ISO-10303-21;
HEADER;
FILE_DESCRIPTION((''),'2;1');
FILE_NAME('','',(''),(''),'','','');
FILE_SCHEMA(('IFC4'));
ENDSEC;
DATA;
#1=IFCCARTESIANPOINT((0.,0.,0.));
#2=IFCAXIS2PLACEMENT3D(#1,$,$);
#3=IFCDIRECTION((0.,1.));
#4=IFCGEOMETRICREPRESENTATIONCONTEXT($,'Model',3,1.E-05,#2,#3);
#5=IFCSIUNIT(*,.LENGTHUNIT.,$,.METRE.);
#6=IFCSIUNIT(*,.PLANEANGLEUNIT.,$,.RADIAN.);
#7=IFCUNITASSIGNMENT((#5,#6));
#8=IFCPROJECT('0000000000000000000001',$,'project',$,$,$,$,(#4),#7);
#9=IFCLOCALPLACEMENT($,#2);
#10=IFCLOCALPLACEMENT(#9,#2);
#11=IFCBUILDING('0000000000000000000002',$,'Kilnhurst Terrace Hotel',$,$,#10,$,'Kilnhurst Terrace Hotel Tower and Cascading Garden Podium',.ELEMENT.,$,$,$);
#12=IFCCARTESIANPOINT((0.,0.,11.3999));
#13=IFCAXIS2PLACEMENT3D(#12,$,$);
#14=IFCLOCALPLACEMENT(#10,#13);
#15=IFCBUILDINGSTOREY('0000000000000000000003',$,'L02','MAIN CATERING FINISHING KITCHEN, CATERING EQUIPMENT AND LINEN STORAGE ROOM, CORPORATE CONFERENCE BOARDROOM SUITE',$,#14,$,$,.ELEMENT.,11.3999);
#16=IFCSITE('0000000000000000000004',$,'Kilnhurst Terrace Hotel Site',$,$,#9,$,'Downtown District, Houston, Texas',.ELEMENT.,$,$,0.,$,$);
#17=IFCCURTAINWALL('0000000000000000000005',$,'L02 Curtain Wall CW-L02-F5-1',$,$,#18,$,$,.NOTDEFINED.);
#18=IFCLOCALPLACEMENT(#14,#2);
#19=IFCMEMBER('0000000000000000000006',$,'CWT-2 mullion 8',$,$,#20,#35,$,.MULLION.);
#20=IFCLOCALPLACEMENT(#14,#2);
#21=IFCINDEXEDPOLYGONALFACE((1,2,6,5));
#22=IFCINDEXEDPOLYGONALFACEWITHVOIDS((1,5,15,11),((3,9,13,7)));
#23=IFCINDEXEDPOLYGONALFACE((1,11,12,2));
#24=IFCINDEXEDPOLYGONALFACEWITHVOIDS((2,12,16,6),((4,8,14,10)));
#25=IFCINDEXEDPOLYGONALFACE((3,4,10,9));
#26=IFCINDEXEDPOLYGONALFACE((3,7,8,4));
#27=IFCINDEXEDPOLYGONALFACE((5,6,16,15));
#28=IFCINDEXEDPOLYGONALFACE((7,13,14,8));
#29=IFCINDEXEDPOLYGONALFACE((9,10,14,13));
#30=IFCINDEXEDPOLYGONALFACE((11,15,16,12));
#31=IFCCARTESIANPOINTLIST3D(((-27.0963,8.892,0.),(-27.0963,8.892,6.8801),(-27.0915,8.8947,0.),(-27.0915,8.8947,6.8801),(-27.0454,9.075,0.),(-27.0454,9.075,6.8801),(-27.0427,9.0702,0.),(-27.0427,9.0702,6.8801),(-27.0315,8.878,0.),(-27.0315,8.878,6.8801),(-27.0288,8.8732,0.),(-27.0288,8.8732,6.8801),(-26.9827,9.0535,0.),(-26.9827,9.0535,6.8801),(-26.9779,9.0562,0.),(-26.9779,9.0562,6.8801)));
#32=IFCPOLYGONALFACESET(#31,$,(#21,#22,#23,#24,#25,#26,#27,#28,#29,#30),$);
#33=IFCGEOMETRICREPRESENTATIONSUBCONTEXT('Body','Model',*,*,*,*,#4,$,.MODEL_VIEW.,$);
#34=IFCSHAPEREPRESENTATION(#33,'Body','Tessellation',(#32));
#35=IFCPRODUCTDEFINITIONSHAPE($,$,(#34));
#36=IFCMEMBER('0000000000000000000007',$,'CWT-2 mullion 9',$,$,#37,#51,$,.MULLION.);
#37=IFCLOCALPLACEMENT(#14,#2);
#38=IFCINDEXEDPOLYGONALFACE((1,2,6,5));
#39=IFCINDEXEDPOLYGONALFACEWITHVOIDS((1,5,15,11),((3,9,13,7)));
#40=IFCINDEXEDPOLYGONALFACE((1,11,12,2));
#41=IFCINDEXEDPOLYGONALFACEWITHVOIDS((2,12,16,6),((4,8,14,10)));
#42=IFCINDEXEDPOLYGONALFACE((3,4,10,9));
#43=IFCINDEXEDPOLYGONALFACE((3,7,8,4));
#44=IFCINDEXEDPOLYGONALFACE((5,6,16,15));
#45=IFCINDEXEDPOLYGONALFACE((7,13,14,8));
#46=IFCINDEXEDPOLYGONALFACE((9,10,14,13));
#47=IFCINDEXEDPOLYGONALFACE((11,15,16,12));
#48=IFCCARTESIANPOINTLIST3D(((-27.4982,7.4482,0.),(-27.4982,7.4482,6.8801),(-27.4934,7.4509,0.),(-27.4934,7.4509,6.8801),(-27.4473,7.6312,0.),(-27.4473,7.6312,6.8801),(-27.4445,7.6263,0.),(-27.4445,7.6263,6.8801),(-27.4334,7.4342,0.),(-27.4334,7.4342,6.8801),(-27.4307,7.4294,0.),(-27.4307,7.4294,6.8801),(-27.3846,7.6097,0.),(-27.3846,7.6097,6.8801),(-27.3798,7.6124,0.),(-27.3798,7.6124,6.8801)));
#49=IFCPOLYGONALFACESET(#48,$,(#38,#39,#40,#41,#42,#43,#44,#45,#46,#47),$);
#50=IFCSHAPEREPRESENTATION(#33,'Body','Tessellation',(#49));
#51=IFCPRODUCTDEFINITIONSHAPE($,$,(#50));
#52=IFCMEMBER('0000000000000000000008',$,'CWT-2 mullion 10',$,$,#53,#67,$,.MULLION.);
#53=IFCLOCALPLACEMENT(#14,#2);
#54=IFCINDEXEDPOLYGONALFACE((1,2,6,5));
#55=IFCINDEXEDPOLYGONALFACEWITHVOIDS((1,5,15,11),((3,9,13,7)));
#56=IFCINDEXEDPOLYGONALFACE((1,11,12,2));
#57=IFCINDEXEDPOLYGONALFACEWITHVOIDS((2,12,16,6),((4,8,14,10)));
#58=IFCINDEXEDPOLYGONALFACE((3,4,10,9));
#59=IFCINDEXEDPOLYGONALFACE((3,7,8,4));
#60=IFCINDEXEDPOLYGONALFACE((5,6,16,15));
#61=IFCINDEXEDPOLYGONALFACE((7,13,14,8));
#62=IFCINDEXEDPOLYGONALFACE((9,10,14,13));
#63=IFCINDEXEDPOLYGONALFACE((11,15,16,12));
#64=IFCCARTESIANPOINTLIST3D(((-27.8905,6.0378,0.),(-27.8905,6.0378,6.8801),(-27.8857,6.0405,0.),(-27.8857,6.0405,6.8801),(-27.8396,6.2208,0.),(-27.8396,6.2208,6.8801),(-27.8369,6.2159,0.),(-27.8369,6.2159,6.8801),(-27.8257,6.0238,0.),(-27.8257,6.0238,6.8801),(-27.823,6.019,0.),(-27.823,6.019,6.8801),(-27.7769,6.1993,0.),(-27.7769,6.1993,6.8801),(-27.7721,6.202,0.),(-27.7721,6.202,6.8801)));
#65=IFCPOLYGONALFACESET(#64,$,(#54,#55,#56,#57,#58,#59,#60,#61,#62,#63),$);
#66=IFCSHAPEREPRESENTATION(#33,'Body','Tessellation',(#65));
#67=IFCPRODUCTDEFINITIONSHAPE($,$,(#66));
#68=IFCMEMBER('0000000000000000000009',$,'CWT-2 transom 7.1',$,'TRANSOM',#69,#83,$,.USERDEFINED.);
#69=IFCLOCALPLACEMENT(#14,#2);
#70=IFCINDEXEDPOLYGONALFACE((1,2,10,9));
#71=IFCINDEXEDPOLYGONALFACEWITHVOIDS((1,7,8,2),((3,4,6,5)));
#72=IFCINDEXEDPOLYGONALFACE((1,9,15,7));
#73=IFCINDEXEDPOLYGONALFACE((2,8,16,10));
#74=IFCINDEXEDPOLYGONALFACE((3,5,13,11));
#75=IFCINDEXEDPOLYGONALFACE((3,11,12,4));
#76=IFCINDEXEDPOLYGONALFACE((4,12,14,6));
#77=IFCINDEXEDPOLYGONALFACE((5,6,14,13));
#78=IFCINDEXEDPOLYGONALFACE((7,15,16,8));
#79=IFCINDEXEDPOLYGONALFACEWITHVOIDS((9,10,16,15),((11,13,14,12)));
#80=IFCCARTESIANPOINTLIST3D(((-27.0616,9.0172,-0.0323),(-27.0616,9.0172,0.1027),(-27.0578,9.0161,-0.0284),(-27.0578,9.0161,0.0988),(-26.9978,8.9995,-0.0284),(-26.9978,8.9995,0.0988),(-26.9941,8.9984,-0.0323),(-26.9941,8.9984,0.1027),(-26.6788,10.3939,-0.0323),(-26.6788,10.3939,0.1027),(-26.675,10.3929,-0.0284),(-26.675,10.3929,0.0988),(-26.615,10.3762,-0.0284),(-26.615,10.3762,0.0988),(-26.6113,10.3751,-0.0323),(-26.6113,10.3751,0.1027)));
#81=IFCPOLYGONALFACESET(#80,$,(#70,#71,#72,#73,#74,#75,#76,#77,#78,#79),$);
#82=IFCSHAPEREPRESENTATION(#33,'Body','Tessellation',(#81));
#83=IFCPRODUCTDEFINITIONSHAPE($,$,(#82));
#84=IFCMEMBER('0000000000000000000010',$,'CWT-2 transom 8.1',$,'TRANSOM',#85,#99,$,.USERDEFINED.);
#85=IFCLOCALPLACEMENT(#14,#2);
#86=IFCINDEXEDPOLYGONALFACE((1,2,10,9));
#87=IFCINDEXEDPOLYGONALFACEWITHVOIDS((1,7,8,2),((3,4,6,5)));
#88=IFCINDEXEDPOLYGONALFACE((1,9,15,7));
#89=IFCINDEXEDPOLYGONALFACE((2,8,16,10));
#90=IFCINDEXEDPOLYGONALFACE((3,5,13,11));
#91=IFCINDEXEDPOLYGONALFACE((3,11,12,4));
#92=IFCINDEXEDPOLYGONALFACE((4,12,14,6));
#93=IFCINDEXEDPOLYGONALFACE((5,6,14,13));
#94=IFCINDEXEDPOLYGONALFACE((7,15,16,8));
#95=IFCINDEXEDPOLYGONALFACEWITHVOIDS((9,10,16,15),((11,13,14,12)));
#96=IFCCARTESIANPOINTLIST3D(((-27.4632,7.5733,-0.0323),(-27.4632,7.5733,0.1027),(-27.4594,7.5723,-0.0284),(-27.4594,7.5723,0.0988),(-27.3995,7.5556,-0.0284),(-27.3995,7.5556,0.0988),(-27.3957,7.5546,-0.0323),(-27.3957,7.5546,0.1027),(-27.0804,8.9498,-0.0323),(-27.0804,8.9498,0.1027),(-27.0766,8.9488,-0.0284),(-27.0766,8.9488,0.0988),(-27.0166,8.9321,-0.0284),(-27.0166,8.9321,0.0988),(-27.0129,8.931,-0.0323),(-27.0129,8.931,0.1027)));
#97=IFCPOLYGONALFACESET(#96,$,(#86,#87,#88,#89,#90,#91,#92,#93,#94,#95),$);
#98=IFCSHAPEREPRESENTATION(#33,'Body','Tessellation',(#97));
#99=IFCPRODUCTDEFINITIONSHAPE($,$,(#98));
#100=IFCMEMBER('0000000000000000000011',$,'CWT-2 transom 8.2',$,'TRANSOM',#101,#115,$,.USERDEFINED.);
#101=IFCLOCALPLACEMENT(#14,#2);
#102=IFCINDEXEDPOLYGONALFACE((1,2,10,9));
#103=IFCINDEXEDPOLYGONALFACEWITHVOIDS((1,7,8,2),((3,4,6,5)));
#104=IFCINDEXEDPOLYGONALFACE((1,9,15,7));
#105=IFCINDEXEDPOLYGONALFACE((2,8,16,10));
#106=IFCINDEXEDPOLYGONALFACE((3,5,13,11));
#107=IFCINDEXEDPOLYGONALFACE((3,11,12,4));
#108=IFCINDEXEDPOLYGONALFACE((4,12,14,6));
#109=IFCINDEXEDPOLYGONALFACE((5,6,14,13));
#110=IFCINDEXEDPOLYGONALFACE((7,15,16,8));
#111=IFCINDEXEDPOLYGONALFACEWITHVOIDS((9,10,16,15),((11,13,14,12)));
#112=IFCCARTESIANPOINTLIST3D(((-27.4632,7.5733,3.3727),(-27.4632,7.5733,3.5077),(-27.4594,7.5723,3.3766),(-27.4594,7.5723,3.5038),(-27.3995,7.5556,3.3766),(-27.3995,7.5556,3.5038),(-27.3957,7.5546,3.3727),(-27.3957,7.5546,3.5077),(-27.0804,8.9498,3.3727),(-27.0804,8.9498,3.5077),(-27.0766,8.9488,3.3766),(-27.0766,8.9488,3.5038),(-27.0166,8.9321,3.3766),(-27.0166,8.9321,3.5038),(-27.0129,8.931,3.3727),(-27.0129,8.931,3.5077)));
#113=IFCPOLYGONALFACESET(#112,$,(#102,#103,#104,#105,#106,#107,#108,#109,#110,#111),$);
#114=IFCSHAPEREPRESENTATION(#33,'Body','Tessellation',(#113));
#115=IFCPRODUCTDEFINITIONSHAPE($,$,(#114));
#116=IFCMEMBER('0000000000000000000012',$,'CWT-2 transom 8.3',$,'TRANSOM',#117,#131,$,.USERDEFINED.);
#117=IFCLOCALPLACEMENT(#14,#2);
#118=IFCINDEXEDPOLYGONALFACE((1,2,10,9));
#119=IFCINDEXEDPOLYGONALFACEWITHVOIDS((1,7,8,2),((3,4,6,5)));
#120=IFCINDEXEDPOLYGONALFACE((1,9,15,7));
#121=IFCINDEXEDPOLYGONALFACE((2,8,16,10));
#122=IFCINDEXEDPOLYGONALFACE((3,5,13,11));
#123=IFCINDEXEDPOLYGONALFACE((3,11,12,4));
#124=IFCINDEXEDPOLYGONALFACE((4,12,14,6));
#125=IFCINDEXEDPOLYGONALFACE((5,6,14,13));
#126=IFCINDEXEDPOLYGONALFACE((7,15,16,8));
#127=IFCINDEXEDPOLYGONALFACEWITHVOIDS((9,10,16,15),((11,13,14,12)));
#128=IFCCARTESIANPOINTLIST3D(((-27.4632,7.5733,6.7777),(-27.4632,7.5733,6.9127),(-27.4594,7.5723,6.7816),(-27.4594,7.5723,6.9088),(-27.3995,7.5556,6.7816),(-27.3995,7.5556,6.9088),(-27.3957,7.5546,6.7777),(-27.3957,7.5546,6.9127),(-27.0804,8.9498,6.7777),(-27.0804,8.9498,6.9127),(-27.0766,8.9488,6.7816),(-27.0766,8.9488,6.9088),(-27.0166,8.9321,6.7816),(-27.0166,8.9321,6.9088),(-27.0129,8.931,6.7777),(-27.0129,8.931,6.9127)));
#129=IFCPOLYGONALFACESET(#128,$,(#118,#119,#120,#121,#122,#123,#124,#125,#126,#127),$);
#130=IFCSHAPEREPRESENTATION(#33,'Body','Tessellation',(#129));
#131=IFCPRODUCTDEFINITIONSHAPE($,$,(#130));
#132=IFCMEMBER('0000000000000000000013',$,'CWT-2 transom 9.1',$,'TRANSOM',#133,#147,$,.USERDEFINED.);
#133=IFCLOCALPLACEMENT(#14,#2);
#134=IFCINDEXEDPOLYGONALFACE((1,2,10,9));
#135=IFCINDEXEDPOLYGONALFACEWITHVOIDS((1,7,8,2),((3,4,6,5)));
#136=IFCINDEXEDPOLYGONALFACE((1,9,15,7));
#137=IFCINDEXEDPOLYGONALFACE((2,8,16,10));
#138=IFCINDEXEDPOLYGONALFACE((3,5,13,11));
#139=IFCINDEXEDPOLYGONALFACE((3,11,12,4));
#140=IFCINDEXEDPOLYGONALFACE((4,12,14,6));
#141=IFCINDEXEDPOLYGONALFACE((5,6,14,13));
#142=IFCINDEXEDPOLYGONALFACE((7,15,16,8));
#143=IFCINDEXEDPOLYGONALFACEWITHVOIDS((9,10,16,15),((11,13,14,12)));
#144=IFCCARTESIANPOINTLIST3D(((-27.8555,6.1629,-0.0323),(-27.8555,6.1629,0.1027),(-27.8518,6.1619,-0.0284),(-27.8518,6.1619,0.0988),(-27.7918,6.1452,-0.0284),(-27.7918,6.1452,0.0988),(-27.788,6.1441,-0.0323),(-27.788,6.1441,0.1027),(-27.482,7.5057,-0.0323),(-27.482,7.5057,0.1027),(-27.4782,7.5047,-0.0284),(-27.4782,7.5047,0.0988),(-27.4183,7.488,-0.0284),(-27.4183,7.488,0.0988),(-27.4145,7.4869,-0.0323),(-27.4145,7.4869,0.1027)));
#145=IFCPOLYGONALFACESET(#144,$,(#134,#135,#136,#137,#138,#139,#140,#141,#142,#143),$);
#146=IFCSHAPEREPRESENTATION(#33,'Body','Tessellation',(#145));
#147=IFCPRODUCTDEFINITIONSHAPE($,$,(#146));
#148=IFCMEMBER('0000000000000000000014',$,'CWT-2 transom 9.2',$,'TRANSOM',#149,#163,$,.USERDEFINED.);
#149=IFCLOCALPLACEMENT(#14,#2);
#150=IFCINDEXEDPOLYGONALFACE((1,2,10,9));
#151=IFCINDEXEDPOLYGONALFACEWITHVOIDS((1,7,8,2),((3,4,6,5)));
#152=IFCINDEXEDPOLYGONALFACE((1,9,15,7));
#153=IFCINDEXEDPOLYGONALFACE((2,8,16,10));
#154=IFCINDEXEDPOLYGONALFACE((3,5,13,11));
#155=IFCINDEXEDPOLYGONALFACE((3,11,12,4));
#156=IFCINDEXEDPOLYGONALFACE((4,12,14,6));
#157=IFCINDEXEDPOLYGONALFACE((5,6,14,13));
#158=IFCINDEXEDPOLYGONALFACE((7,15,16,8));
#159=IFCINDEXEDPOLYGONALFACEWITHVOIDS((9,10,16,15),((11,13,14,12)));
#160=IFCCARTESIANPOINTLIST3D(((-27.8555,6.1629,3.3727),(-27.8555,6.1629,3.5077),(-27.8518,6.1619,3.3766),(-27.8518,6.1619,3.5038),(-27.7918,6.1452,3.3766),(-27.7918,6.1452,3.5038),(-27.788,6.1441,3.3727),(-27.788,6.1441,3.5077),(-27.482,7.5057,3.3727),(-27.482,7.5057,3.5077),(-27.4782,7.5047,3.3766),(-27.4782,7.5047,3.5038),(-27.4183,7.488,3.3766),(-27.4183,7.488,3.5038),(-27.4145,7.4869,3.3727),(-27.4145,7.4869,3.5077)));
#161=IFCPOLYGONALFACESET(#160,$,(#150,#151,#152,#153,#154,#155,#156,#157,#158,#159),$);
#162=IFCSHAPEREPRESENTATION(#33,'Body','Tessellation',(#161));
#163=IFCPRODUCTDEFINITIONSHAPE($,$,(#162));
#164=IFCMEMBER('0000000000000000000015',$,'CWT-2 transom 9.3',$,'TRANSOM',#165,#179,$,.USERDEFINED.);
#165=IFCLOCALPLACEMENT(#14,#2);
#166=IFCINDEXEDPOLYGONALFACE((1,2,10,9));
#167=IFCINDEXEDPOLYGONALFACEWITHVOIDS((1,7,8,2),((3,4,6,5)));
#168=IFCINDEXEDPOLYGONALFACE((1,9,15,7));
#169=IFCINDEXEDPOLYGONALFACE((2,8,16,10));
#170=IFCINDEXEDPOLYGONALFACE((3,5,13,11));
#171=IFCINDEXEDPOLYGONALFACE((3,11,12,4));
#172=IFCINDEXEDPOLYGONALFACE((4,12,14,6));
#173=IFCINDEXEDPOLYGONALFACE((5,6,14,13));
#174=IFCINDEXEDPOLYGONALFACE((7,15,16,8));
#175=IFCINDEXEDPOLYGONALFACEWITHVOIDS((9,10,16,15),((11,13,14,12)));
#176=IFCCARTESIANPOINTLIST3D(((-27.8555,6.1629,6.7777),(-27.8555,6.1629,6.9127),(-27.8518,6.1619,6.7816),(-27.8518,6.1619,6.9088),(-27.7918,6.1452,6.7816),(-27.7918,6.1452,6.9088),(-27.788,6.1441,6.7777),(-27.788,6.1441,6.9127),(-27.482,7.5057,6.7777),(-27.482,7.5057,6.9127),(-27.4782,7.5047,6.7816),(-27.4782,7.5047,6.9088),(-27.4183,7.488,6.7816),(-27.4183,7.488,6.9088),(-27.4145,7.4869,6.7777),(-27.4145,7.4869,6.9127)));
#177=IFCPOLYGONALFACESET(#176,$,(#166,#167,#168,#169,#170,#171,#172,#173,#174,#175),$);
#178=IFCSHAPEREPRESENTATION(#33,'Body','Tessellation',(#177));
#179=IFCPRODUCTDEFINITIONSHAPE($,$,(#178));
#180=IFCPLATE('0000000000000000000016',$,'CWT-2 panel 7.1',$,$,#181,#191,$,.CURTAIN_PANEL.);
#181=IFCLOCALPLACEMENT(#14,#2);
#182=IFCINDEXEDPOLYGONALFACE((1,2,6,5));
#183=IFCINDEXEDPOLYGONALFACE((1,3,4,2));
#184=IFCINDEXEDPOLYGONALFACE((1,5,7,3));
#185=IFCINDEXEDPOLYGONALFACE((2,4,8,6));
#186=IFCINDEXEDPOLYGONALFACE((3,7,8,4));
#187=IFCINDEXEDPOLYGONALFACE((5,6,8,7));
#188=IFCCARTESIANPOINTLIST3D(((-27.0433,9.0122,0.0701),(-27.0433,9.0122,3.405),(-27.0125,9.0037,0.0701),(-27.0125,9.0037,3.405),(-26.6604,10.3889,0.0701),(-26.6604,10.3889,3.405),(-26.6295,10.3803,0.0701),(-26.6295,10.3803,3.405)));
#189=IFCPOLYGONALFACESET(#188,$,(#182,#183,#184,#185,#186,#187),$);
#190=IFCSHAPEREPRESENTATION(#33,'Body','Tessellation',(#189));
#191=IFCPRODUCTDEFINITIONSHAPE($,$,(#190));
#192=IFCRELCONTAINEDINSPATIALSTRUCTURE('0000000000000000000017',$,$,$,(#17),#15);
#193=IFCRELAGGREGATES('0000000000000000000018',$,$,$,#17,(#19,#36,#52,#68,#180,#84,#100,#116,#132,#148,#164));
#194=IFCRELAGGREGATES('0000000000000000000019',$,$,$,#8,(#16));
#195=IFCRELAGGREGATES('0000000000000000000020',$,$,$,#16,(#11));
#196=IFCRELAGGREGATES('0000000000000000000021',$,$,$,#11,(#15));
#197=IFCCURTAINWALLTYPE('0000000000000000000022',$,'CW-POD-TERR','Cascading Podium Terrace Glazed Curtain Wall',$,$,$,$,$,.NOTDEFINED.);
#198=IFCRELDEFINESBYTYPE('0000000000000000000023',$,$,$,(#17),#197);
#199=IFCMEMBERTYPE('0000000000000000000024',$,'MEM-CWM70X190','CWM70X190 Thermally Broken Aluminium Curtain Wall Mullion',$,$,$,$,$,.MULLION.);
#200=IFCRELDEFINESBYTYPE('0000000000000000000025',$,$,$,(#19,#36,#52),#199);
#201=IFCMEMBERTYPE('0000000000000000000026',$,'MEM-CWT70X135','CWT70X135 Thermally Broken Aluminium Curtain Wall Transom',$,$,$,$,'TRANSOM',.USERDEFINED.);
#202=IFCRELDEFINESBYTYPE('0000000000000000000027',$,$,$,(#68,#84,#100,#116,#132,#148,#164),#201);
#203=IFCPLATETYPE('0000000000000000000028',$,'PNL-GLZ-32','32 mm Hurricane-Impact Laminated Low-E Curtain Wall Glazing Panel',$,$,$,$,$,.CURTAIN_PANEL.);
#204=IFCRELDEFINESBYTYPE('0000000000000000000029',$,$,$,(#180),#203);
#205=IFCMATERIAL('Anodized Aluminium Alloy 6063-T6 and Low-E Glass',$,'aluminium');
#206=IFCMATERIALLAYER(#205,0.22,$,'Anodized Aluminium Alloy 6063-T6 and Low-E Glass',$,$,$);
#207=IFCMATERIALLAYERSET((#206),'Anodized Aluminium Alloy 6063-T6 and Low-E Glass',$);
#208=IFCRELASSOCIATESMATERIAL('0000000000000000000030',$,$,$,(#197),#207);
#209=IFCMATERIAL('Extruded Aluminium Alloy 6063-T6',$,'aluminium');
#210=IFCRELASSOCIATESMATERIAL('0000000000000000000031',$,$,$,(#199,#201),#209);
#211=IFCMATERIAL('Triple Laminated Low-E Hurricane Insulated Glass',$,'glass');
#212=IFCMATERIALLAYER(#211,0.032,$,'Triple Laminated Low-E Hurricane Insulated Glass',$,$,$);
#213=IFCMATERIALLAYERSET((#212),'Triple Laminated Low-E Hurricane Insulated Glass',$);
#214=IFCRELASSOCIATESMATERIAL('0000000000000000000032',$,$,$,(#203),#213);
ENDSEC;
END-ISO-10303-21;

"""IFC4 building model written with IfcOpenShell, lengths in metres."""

from ifc_helpers import new_model, si_unit, direction, frame, origin, origin_2d, place, context, subcontext, project, spatial, rectangle, hollow_rectangle, extrude, material, layer, layer_set, material_profile, profile_set, type_object, element, aggregate, save


model = new_model("IFC4")

# Units and contexts
model_context = context("Model", 3, precision=1e-05, world=origin(), true_north=direction((0.0, 1.0)))
body_context = subcontext(model_context, "Body", "Model", "MODEL_VIEW")
ifc_project = project(units=[si_unit("LENGTHUNIT", "METRE"), si_unit("PLANEANGLEUNIT", "RADIAN")], contexts=[model_context])

# Site, building, storey
site_placement = place(None, origin())
site = spatial("IfcSite", under=ifc_project, at=site_placement, Name="Kilnhurst Terrace Hotel Site", LongName="Downtown District, Houston, Texas", CompositionType="ELEMENT", RefElevation=0.0)
building_placement = place(site_placement, origin())
building = spatial("IfcBuilding", under=site, at=building_placement, Name="Kilnhurst Terrace Hotel", LongName="Kilnhurst Terrace Hotel Tower and Cascading Garden Podium", CompositionType="ELEMENT")
storey_placement = place(building_placement, frame((0.0, 0.0, 11.3999)))
storey = spatial("IfcBuildingStorey", under=building, at=storey_placement, Name="L02", Description="MAIN CATERING FINISHING KITCHEN, CATERING EQUIPMENT AND LINEN STORAGE ROOM, CORPORATE CONFERENCE BOARDROOM SUITE", CompositionType="ELEMENT", Elevation=11.3999)

# Curtain wall, members, plate
ifc_material_1 = material(Name="Anodized Aluminium Alloy 6063-T6 and Low-E Glass", Category="aluminium")
ifc_layer_1 = layer(ifc_material_1, 0.22, Name="Anodized Aluminium Alloy 6063-T6 and Low-E Glass")
ifc_layer_set_1 = layer_set([ifc_layer_1], Name="Anodized Aluminium Alloy 6063-T6 and Low-E Glass")
curtain_wall_type = type_object("IfcCurtainWallType", Name="CW-POD-TERR", Description="Cascading Podium Terrace Glazed Curtain Wall", PredefinedType="NOTDEFINED", material=ifc_layer_set_1)
curtain_wall_placement = place(storey_placement, origin())
curtain_wall = element("IfcCurtainWall", 1, at=curtain_wall_placement, inside=storey, type_object=curtain_wall_type, Name="L02 Curtain Wall CW-L02-F5-1", PredefinedType="NOTDEFINED")
ifc_material_2 = material(Name="Extruded Aluminium Alloy 6063-T6", Category="aluminium")
ifc_material_profile_1 = material_profile(ifc_material_2, hollow_rectangle(XDim=0.0701, YDim=0.1899, WallThickness=0.0039, at=origin_2d()), Name="CWM70X190")
ifc_profile_set_1 = profile_set([ifc_material_profile_1], Name="Extruded Aluminium Alloy 6063-T6")
member_type_1 = type_object("IfcMemberType", Name="MEM-CWM70X190", Description="CWM70X190 Thermally Broken Aluminium Curtain Wall Mullion", PredefinedType="MULLION", material=ifc_profile_set_1)
member_1_placement = place(storey_placement, frame((-27.0371, 8.9741, 0.0), z_axis=(0.0, 0.0, 1.0), x_axis=(0.963421, -0.267992, 0.0)))
member_1 = element("IfcMember", 2, at=member_1_placement, type_object=member_type_1, Name="CWT-2 mullion 8", PredefinedType="MULLION", context=body_context, shape_type="SweptSolid", body=[
    extrude(hollow_rectangle(XDim=0.0701, YDim=0.1899, WallThickness=0.0039, at=origin_2d()), origin(), (0.0, 0.0, 1.0), 6.8801),
])
member_2_placement = place(storey_placement, frame((-27.439, 7.5303, 0.0), z_axis=(0.0, 0.0, 1.0), x_axis=(0.963421, -0.267992, 0.0)))
member_2 = element("IfcMember", 3, at=member_2_placement, type_object=member_type_1, Name="CWT-2 mullion 9", PredefinedType="MULLION", context=body_context, shape_type="SweptSolid", body=[
    extrude(hollow_rectangle(XDim=0.0701, YDim=0.1899, WallThickness=0.0039, at=origin_2d()), origin(), (0.0, 0.0, 1.0), 6.8801),
])
member_3_placement = place(storey_placement, frame((-27.8313, 6.1199, 0.0), z_axis=(0.0, 0.0, 1.0), x_axis=(0.963421, -0.267992, 0.0)))
member_3 = element("IfcMember", 4, at=member_3_placement, type_object=member_type_1, Name="CWT-2 mullion 10", PredefinedType="MULLION", context=body_context, shape_type="SweptSolid", body=[
    extrude(hollow_rectangle(XDim=0.0701, YDim=0.1899, WallThickness=0.0039, at=origin_2d()), origin(), (0.0, 0.0, 1.0), 6.8801),
])
ifc_material_profile_2 = material_profile(ifc_material_2, hollow_rectangle(XDim=0.0701, YDim=0.135, WallThickness=0.0039, at=origin_2d()), Name="CWT70X135")
ifc_profile_set_2 = profile_set([ifc_material_profile_2], Name="Extruded Aluminium Alloy 6063-T6")
member_type_2 = type_object("IfcMemberType", Name="MEM-CWT70X135", Description="CWT70X135 Thermally Broken Aluminium Curtain Wall Transom", ElementType="TRANSOM", PredefinedType="USERDEFINED", material=ifc_profile_set_2)
member_4_placement = place(storey_placement, frame((-26.645, 10.3845, 0.0352), z_axis=(-0.267899, -0.963447, 0.0), x_axis=(0.963447, -0.267899, 0.0)))
member_4 = element("IfcMember", 5, at=member_4_placement, type_object=member_type_2, Name="CWT-2 transom 7.1", ObjectType="TRANSOM", PredefinedType="USERDEFINED", context=body_context, shape_type="SweptSolid", body=[
    extrude(hollow_rectangle(XDim=0.0701, YDim=0.135, WallThickness=0.0039, at=origin_2d()), origin(), (0.0, 0.0, 1.0), 1.429),
])
member_5_placement = place(storey_placement, frame((-27.0466, 8.9404, 0.0352), z_axis=(-0.267944, -0.963435, 0.0), x_axis=(0.963435, -0.267944, 0.0)))
member_5 = element("IfcMember", 6, at=member_5_placement, type_object=member_type_2, Name="CWT-2 transom 8.1", ObjectType="TRANSOM", PredefinedType="USERDEFINED", context=body_context, shape_type="SweptSolid", body=[
    extrude(hollow_rectangle(XDim=0.0701, YDim=0.135, WallThickness=0.0039, at=origin_2d()), origin(), (0.0, 0.0, 1.0), 1.4287),
])
member_6_placement = place(storey_placement, frame((-27.0466, 8.9404, 3.4402), z_axis=(-0.267944, -0.963435, 0.0), x_axis=(0.963435, -0.267944, 0.0)))
member_6 = element("IfcMember", 7, at=member_6_placement, type_object=member_type_2, Name="CWT-2 transom 8.2", ObjectType="TRANSOM", PredefinedType="USERDEFINED", context=body_context, shape_type="SweptSolid", body=[
    extrude(hollow_rectangle(XDim=0.0701, YDim=0.135, WallThickness=0.0039, at=origin_2d()), origin(), (0.0, 0.0, 1.0), 1.4287),
])
member_7_placement = place(storey_placement, frame((-27.0466, 8.9404, 6.8452), z_axis=(-0.267944, -0.963435, 0.0), x_axis=(0.963435, -0.267944, 0.0)))
member_7 = element("IfcMember", 8, at=member_7_placement, type_object=member_type_2, Name="CWT-2 transom 8.3", ObjectType="TRANSOM", PredefinedType="USERDEFINED", context=body_context, shape_type="SweptSolid", body=[
    extrude(hollow_rectangle(XDim=0.0701, YDim=0.135, WallThickness=0.0039, at=origin_2d()), origin(), (0.0, 0.0, 1.0), 1.4287),
])
member_8_placement = place(storey_placement, frame((-27.4482, 7.4963, 0.0352), z_axis=(-0.268005, -0.963417, 0.0), x_axis=(0.963417, -0.268005, 0.0)))
member_8 = element("IfcMember", 9, at=member_8_placement, type_object=member_type_2, Name="CWT-2 transom 9.1", ObjectType="TRANSOM", PredefinedType="USERDEFINED", context=body_context, shape_type="SweptSolid", body=[
    extrude(hollow_rectangle(XDim=0.0701, YDim=0.135, WallThickness=0.0039, at=origin_2d()), origin(), (0.0, 0.0, 1.0), 1.3938),
])
member_9_placement = place(storey_placement, frame((-27.4482, 7.4963, 3.4402), z_axis=(-0.268005, -0.963417, 0.0), x_axis=(0.963417, -0.268005, 0.0)))
member_9 = element("IfcMember", 10, at=member_9_placement, type_object=member_type_2, Name="CWT-2 transom 9.2", ObjectType="TRANSOM", PredefinedType="USERDEFINED", context=body_context, shape_type="SweptSolid", body=[
    extrude(hollow_rectangle(XDim=0.0701, YDim=0.135, WallThickness=0.0039, at=origin_2d()), origin(), (0.0, 0.0, 1.0), 1.3938),
])
member_10_placement = place(storey_placement, frame((-27.4482, 7.4963, 6.8452), z_axis=(-0.268005, -0.963417, 0.0), x_axis=(0.963417, -0.268005, 0.0)))
member_10 = element("IfcMember", 11, at=member_10_placement, type_object=member_type_2, Name="CWT-2 transom 9.3", ObjectType="TRANSOM", PredefinedType="USERDEFINED", context=body_context, shape_type="SweptSolid", body=[
    extrude(hollow_rectangle(XDim=0.0701, YDim=0.135, WallThickness=0.0039, at=origin_2d()), origin(), (0.0, 0.0, 1.0), 1.3938),
])
ifc_material_3 = material(Name="Triple Laminated Low-E Hurricane Insulated Glass", Category="glass")
ifc_layer_2 = layer(ifc_material_3, 0.032, Name="Triple Laminated Low-E Hurricane Insulated Glass")
ifc_layer_set_2 = layer_set([ifc_layer_2], Name="Triple Laminated Low-E Hurricane Insulated Glass")
plate_type = type_object("IfcPlateType", Name="PNL-GLZ-32", Description="32 mm Hurricane-Impact Laminated Low-E Curtain Wall Glazing Panel", PredefinedType="CURTAIN_PANEL", material=ifc_layer_set_2)
plate_1_placement = place(storey_placement, frame((-26.8364, 9.6963, 0.0701), z_axis=(0.0, 0.0, 1.0), x_axis=(-0.267992, -0.963421, 0.0)))
plate_1 = element("IfcPlate", 12, at=plate_1_placement, type_object=plate_type, Name="CWT-2 panel 7.1", PredefinedType="CURTAIN_PANEL", context=body_context, shape_type="SweptSolid", body=[
    extrude(rectangle(XDim=1.429, YDim=0.032, at=origin_2d()), origin(), (0.0, 0.0, 1.0), 3.335),
])
aggregate(curtain_wall, [member_1, member_2, member_3, member_4, plate_1, member_5, member_6, member_7, member_8, member_9, member_10])

save(model, "model.ifc")
